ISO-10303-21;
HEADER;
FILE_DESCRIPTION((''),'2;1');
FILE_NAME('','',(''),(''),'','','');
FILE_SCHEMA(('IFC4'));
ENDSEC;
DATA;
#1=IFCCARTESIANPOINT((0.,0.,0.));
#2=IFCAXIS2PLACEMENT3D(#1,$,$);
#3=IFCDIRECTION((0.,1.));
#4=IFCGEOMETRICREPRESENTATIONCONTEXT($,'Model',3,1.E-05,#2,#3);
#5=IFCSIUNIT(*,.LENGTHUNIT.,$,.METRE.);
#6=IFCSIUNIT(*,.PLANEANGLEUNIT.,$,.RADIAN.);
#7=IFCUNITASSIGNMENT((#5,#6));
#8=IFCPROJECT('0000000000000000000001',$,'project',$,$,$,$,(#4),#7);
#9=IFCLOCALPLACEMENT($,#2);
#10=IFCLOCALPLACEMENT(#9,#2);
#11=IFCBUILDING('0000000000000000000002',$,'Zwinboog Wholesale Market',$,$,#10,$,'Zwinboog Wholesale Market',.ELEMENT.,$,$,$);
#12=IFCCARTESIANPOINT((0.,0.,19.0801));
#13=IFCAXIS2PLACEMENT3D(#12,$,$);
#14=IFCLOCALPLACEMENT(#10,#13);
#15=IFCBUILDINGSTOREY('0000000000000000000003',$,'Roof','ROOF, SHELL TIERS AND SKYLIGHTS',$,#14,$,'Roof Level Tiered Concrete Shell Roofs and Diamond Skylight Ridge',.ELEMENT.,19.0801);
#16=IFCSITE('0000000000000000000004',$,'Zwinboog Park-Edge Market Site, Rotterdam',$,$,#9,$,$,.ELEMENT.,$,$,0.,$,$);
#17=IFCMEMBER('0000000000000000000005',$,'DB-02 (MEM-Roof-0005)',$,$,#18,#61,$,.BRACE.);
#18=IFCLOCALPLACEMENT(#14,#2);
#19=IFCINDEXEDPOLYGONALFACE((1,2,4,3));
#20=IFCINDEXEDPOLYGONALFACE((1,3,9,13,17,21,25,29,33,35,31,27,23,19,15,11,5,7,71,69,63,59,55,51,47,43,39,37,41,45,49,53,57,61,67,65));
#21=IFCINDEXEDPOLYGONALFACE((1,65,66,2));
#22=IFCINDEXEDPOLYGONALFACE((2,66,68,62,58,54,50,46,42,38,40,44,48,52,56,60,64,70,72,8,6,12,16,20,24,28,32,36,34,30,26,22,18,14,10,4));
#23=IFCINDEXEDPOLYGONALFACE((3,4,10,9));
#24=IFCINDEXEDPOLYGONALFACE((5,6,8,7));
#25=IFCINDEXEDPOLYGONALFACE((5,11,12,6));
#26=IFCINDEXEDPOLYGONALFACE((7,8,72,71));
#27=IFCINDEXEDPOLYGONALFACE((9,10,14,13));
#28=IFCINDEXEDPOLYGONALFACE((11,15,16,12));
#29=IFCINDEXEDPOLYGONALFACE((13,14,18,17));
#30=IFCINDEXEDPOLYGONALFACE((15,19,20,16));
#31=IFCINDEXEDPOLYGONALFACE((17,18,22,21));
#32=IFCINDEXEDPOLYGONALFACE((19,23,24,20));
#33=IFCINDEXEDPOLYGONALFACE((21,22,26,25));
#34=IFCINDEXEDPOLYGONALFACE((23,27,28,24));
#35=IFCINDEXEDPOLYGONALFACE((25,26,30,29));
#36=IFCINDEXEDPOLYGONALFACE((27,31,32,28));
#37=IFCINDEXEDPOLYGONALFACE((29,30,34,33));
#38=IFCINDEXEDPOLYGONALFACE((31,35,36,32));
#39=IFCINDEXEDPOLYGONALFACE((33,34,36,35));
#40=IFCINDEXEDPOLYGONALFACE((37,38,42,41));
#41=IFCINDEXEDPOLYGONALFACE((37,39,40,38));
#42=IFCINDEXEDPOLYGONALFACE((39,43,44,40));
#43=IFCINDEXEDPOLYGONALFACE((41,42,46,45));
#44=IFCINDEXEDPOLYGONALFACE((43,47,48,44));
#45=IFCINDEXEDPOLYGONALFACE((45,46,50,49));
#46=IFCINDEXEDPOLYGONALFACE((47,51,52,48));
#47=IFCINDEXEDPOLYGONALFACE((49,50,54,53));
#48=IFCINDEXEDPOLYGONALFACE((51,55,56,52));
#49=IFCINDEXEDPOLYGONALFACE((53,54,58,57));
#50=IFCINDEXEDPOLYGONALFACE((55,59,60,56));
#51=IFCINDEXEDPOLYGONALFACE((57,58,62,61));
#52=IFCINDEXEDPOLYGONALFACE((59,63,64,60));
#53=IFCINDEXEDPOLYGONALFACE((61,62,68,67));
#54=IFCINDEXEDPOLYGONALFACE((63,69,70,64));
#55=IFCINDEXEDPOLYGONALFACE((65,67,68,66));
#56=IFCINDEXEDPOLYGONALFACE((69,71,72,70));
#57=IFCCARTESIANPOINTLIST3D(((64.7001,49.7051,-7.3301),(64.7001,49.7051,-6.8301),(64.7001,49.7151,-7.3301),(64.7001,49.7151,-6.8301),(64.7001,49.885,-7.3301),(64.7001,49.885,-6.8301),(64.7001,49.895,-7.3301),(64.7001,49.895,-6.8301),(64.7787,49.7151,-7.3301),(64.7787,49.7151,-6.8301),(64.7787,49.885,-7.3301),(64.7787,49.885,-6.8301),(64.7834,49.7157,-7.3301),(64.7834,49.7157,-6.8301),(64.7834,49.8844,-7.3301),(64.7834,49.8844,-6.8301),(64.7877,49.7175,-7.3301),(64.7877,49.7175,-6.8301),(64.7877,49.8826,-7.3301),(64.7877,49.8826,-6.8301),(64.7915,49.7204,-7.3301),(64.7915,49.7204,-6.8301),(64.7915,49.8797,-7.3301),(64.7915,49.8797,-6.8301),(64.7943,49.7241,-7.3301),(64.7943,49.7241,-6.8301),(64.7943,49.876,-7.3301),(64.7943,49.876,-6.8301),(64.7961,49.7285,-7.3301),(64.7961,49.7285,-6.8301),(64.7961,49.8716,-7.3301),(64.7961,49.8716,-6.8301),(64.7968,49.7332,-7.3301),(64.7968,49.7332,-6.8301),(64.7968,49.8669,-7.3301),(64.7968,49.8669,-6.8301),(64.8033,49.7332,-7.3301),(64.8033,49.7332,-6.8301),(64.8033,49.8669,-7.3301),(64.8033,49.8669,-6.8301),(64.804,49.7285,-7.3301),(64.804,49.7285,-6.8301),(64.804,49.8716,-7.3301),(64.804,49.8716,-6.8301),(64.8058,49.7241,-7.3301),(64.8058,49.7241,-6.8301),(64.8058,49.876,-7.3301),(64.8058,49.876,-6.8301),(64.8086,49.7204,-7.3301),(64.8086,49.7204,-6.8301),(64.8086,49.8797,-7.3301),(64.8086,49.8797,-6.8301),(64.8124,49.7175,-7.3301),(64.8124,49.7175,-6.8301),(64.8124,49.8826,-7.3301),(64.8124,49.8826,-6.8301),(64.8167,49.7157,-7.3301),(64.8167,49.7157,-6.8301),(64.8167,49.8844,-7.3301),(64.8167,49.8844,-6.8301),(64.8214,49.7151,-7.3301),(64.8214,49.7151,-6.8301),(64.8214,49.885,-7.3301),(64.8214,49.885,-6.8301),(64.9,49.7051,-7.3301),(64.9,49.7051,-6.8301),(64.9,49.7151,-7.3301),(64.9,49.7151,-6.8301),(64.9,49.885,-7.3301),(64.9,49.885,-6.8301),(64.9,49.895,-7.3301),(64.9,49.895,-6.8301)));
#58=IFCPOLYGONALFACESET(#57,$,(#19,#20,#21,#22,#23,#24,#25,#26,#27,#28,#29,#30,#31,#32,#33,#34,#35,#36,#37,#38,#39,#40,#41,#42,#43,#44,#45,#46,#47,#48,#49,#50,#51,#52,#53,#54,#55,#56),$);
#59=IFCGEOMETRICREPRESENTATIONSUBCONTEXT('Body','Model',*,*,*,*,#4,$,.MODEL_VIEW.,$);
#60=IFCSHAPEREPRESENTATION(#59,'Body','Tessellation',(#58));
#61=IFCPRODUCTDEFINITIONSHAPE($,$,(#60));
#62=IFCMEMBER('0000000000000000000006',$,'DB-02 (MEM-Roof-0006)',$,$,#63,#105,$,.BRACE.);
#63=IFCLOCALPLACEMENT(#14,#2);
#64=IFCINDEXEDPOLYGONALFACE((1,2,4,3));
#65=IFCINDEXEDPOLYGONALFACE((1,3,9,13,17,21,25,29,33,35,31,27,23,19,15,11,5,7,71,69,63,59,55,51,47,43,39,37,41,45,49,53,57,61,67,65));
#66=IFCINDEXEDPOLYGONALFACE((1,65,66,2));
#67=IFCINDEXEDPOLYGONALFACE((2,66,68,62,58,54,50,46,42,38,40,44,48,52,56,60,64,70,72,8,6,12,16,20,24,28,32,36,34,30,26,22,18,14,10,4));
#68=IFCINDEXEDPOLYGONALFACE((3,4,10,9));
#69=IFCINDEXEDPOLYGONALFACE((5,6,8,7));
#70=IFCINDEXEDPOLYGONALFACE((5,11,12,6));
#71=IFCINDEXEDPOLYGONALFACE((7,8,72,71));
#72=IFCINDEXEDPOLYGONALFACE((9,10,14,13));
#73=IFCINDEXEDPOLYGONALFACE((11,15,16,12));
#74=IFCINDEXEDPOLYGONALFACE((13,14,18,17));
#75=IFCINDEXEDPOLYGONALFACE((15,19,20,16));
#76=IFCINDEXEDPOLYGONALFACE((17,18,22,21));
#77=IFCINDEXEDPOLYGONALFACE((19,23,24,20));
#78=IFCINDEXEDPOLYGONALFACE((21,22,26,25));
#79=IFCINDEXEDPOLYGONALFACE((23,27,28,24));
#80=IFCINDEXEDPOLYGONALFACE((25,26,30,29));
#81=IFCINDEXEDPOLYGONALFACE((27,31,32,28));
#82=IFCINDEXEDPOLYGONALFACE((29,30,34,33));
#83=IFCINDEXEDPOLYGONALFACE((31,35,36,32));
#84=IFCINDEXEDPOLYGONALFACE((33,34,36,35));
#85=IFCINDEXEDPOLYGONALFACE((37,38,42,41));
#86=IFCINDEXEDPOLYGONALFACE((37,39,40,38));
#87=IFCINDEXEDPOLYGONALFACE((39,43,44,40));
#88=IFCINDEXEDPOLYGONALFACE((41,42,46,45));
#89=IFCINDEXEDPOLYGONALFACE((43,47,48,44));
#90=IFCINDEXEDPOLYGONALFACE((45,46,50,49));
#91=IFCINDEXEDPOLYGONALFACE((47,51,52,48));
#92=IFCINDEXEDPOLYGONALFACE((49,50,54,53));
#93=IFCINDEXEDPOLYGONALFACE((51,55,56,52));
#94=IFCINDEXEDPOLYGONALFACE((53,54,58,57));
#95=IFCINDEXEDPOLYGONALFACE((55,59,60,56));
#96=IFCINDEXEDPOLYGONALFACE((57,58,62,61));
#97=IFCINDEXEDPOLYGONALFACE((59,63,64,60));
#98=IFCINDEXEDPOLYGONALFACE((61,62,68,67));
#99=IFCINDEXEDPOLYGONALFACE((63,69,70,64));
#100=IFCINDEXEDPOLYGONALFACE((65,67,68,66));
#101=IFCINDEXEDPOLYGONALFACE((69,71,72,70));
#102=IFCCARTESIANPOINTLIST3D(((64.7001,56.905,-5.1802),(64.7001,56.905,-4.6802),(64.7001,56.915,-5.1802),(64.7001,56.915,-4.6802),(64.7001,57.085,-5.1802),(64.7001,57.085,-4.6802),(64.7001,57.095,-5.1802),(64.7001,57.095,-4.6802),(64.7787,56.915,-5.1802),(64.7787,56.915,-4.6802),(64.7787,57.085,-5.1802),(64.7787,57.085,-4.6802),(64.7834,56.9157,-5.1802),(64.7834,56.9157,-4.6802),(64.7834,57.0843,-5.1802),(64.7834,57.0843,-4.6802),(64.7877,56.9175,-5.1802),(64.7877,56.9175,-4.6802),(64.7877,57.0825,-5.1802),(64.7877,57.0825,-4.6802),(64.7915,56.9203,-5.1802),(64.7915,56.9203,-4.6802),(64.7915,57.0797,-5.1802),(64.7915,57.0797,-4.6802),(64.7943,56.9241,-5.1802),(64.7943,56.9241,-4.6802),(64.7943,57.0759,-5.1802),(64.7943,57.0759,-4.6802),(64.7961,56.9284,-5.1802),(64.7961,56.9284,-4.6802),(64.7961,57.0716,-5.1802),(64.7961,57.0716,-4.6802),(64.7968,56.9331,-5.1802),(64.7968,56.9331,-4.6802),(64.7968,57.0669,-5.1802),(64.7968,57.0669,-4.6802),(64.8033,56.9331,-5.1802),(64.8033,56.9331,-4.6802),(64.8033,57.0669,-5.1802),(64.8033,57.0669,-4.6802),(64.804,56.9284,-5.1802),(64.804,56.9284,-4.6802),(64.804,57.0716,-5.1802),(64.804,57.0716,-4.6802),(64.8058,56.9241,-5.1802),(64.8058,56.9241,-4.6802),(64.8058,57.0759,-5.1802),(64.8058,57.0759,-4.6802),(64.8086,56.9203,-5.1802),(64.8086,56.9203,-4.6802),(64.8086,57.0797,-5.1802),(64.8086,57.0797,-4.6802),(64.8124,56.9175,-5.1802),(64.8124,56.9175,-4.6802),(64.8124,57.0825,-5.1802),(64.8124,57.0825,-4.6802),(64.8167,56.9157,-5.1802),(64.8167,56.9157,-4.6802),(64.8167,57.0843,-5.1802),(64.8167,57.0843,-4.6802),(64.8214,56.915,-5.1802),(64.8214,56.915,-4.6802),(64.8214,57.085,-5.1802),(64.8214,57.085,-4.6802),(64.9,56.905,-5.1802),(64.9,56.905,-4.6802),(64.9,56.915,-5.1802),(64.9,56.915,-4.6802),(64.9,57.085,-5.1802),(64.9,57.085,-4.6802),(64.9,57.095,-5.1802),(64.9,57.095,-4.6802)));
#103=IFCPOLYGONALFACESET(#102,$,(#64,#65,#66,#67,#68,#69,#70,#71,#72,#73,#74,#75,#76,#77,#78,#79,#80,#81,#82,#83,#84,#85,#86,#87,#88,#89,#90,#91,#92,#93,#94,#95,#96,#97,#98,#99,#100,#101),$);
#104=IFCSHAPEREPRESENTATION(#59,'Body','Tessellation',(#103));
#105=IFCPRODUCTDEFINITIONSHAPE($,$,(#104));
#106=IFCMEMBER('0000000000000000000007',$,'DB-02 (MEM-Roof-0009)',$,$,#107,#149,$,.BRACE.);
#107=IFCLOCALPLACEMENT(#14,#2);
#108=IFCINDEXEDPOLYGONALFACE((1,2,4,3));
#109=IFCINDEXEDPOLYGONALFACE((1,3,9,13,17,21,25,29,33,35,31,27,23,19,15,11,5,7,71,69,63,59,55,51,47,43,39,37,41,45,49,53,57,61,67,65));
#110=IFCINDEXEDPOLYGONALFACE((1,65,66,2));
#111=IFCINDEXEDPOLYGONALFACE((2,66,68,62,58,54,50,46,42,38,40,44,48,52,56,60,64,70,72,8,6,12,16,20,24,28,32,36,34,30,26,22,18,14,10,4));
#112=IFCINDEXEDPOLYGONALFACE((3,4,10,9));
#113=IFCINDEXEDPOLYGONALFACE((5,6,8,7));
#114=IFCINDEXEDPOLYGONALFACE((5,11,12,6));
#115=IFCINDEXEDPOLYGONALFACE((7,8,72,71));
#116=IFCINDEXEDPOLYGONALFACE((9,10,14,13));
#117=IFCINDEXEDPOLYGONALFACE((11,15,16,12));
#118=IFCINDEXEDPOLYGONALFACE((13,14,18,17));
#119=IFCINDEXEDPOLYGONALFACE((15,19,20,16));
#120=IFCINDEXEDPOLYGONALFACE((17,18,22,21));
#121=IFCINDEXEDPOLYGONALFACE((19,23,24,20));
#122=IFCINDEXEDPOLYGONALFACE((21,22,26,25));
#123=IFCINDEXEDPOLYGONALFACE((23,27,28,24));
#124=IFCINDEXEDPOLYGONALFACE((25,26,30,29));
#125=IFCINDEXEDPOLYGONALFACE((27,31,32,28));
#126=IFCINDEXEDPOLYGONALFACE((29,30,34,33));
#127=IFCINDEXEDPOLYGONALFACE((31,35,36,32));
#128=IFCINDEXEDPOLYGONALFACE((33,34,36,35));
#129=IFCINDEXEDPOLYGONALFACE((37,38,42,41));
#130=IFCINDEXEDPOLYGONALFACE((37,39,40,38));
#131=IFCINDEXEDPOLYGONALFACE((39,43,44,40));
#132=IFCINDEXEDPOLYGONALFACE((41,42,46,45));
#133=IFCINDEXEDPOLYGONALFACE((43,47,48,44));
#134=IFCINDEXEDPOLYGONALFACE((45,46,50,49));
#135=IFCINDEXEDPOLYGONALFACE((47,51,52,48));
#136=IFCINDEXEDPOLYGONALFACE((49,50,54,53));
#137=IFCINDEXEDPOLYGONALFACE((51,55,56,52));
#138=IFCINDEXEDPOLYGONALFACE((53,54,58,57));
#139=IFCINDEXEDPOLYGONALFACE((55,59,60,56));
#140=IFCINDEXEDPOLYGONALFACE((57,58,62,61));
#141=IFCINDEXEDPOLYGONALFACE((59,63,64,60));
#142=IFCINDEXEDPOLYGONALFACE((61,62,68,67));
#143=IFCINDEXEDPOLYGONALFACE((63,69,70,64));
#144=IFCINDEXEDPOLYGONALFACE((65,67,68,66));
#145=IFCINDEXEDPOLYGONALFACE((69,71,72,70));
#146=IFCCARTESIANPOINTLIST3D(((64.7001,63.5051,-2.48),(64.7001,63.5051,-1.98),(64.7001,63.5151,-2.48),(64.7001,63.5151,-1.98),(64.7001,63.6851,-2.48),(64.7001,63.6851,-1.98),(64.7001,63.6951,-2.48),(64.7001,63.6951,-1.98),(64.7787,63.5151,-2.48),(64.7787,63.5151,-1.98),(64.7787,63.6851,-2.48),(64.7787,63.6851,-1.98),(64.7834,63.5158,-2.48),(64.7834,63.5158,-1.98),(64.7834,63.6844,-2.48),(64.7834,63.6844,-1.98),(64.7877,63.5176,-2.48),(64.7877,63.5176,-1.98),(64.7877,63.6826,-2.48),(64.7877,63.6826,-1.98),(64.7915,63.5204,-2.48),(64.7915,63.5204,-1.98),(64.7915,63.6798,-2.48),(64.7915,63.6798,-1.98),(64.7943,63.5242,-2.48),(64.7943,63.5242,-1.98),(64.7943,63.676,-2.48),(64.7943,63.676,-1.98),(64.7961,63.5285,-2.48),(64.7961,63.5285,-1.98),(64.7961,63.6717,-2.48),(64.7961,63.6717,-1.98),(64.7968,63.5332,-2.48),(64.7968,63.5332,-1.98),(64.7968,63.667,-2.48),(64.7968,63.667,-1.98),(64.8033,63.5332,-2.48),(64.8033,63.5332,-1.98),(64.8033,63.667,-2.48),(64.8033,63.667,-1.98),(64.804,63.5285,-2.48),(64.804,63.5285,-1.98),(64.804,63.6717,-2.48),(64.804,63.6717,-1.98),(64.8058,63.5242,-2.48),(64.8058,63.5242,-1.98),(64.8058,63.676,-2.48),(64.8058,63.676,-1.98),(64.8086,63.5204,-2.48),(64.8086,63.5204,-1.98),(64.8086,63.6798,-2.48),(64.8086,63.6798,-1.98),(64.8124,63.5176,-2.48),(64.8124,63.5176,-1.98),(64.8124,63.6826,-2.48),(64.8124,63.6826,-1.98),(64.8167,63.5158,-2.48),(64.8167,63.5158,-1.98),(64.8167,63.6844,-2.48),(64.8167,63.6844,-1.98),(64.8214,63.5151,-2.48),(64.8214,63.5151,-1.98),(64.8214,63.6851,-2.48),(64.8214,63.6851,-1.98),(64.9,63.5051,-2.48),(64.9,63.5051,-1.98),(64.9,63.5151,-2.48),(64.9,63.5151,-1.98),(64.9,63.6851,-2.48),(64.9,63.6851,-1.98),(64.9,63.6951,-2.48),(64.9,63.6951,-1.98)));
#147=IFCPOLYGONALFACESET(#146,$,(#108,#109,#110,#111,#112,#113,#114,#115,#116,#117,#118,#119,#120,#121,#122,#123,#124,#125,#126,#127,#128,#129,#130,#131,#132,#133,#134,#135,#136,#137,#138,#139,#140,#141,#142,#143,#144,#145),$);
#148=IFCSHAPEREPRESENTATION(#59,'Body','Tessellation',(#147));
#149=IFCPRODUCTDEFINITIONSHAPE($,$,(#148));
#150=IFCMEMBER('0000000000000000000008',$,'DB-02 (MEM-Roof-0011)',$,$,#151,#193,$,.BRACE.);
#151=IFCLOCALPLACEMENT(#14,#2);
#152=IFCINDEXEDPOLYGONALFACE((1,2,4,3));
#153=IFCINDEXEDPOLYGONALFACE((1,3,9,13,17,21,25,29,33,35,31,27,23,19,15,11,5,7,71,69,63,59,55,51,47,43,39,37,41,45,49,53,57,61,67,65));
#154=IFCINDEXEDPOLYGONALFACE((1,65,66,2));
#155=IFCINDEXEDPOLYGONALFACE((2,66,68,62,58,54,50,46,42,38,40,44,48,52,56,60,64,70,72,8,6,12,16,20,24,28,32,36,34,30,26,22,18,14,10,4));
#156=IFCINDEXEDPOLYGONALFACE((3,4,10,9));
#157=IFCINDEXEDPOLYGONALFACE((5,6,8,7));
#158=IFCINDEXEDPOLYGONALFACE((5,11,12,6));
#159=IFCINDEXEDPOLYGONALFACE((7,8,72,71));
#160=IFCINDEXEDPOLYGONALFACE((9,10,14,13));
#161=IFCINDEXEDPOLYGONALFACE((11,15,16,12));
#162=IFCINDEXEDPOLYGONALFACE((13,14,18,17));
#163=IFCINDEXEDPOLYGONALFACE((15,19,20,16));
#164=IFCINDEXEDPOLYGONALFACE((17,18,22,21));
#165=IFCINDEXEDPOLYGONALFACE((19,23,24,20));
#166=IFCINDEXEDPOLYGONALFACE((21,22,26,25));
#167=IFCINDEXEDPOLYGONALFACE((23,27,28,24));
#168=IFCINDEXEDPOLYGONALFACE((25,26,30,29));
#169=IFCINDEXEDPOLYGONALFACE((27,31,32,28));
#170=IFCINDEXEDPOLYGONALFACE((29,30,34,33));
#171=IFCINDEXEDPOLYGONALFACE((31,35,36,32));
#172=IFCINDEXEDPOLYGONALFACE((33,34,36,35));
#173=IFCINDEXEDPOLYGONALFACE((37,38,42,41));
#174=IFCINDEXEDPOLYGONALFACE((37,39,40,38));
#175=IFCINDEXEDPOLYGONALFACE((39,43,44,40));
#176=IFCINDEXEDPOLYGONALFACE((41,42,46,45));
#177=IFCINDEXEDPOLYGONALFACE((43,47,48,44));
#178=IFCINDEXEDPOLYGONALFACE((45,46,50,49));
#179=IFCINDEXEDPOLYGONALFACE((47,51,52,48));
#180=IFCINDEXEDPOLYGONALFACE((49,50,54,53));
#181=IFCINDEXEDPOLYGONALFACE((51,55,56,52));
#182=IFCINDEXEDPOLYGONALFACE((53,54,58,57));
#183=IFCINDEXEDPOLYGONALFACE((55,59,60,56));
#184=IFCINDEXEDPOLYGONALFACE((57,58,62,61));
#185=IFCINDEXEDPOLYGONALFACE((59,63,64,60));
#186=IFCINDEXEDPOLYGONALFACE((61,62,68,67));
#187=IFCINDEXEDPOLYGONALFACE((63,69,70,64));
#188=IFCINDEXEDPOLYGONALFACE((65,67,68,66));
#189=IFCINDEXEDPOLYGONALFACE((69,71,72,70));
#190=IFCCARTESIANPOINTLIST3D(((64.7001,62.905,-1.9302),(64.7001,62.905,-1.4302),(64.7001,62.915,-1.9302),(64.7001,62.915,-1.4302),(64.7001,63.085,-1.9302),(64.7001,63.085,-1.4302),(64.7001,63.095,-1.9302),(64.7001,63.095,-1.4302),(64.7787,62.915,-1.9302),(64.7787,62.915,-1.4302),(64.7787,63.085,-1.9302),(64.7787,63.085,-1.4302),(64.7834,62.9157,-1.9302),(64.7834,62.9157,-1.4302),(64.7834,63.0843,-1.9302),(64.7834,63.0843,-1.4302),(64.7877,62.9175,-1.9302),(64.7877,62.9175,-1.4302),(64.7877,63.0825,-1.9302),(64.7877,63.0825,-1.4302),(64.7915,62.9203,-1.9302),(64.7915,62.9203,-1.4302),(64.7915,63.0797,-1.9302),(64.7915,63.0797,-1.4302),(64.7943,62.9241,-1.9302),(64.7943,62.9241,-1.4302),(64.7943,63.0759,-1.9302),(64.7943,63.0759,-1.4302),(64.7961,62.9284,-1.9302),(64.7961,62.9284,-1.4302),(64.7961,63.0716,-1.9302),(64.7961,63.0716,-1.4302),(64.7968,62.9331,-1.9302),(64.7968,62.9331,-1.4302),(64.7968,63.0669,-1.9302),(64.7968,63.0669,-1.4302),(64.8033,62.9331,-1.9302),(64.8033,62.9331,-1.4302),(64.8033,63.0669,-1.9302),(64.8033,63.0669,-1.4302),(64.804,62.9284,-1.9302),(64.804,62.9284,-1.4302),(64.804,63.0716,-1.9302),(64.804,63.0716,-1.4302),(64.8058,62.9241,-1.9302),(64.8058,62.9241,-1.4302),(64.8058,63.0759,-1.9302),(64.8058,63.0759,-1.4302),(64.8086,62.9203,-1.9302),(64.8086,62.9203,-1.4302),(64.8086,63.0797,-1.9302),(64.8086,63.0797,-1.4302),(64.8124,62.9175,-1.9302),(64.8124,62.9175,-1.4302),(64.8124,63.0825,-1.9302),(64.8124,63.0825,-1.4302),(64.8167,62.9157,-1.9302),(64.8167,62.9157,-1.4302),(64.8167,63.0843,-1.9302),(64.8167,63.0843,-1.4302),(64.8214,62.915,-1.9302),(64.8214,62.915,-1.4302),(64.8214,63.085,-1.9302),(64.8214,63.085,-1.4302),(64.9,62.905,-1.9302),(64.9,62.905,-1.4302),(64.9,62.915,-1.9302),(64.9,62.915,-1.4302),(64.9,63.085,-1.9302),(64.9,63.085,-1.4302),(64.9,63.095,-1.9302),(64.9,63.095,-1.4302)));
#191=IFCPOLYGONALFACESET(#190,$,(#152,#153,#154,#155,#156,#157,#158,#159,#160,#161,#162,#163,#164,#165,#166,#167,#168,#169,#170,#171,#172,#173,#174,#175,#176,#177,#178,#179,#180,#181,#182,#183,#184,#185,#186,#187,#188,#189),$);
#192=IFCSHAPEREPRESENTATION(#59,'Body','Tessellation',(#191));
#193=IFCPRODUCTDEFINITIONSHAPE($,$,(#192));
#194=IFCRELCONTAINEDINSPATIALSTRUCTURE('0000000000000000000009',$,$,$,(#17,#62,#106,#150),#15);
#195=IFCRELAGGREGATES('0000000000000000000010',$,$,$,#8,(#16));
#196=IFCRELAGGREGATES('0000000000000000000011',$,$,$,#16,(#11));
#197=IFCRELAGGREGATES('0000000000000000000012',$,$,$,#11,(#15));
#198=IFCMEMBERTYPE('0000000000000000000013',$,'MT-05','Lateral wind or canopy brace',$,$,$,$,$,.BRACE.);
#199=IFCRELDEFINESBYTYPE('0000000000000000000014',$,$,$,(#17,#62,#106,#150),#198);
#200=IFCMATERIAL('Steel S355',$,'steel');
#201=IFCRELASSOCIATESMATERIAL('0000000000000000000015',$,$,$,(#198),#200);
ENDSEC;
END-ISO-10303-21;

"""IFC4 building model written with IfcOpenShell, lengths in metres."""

from ifc_helpers import new_model, si_unit, direction, frame, origin, origin_2d, place, context, subcontext, project, spatial, i_section, extrude, material, material_profile, profile_set, type_object, element, save


model = new_model("IFC4")

# Units and contexts
model_context = context("Model", 3, precision=1e-05, world=origin(), true_north=direction((0.0, 1.0)))
body_context = subcontext(model_context, "Body", "Model", "MODEL_VIEW")
ifc_project = project(units=[si_unit("LENGTHUNIT", "METRE"), si_unit("PLANEANGLEUNIT", "RADIAN")], contexts=[model_context])

# Site, building, storey
site_placement = place(None, origin())
site = spatial("IfcSite", under=ifc_project, at=site_placement, Name="Zwinboog Park-Edge Market Site, Rotterdam", CompositionType="ELEMENT", RefElevation=0.0)
building_placement = place(site_placement, origin())
building = spatial("IfcBuilding", under=site, at=building_placement, Name="Zwinboog Wholesale Market", LongName="Zwinboog Wholesale Market", CompositionType="ELEMENT")
storey_placement = place(building_placement, frame((0.0, 0.0, 19.0801)))
storey = spatial("IfcBuildingStorey", under=building, at=storey_placement, Name="Roof", Description="ROOF, SHELL TIERS AND SKYLIGHTS", LongName="Roof Level Tiered Concrete Shell Roofs and Diamond Skylight Ridge", CompositionType="ELEMENT", Elevation=19.0801)

# Members
ifc_material_1 = material(Name="Steel S355", Category="steel")
ifc_material_profile_1 = material_profile(ifc_material_1, i_section(OverallWidth=0.2, OverallDepth=0.1899, WebThickness=0.0066, FlangeThickness=0.01, FilletRadius=0.0181, at=origin_2d()), Name="HEA 200")
ifc_profile_set_1 = profile_set([ifc_material_profile_1], Name="Steel S355")
member_type_1 = type_object("IfcMemberType", Name="MT-05", Description="Lateral wind or canopy brace", PredefinedType="BRACE", material=ifc_profile_set_1)
for number, where, z_axis, x_axis, name in (
    (1, (64.8, 49.8, -7.3301), (0.0, 0.0, 1.0), (1.0, 0.0, 0.0), "DB-02 (MEM-Roof-0005)"),
    (2, (64.8, 57.0, -5.1802), (0.0, 0.0, 1.0), (1.0, 0.0, 0.0), "DB-02 (MEM-Roof-0006)"),
    (3, (64.8, 63.6001, -2.48), (0.0, 0.0, 1.0), (1.0, 0.0, 0.0), "DB-02 (MEM-Roof-0009)"),
    (4, (64.8, 63.0, -1.9302), (0.0, 0.0, 1.0), (1.0, 0.0, 0.0), "DB-02 (MEM-Roof-0011)"),
):
    element("IfcMember", number, at=place(storey_placement, frame(where, z_axis=z_axis, x_axis=x_axis)), inside=storey, type_object=member_type_1, Name=name, PredefinedType="BRACE", context=body_context, shape_type="SweptSolid", body=[
        extrude(i_section(OverallWidth=0.2, OverallDepth=0.1899, WebThickness=0.0066, FlangeThickness=0.01, FilletRadius=0.0181, at=origin_2d()), origin(), (0.0, 0.0, 1.0), 0.5),
    ])

save(model, "model.ifc")
